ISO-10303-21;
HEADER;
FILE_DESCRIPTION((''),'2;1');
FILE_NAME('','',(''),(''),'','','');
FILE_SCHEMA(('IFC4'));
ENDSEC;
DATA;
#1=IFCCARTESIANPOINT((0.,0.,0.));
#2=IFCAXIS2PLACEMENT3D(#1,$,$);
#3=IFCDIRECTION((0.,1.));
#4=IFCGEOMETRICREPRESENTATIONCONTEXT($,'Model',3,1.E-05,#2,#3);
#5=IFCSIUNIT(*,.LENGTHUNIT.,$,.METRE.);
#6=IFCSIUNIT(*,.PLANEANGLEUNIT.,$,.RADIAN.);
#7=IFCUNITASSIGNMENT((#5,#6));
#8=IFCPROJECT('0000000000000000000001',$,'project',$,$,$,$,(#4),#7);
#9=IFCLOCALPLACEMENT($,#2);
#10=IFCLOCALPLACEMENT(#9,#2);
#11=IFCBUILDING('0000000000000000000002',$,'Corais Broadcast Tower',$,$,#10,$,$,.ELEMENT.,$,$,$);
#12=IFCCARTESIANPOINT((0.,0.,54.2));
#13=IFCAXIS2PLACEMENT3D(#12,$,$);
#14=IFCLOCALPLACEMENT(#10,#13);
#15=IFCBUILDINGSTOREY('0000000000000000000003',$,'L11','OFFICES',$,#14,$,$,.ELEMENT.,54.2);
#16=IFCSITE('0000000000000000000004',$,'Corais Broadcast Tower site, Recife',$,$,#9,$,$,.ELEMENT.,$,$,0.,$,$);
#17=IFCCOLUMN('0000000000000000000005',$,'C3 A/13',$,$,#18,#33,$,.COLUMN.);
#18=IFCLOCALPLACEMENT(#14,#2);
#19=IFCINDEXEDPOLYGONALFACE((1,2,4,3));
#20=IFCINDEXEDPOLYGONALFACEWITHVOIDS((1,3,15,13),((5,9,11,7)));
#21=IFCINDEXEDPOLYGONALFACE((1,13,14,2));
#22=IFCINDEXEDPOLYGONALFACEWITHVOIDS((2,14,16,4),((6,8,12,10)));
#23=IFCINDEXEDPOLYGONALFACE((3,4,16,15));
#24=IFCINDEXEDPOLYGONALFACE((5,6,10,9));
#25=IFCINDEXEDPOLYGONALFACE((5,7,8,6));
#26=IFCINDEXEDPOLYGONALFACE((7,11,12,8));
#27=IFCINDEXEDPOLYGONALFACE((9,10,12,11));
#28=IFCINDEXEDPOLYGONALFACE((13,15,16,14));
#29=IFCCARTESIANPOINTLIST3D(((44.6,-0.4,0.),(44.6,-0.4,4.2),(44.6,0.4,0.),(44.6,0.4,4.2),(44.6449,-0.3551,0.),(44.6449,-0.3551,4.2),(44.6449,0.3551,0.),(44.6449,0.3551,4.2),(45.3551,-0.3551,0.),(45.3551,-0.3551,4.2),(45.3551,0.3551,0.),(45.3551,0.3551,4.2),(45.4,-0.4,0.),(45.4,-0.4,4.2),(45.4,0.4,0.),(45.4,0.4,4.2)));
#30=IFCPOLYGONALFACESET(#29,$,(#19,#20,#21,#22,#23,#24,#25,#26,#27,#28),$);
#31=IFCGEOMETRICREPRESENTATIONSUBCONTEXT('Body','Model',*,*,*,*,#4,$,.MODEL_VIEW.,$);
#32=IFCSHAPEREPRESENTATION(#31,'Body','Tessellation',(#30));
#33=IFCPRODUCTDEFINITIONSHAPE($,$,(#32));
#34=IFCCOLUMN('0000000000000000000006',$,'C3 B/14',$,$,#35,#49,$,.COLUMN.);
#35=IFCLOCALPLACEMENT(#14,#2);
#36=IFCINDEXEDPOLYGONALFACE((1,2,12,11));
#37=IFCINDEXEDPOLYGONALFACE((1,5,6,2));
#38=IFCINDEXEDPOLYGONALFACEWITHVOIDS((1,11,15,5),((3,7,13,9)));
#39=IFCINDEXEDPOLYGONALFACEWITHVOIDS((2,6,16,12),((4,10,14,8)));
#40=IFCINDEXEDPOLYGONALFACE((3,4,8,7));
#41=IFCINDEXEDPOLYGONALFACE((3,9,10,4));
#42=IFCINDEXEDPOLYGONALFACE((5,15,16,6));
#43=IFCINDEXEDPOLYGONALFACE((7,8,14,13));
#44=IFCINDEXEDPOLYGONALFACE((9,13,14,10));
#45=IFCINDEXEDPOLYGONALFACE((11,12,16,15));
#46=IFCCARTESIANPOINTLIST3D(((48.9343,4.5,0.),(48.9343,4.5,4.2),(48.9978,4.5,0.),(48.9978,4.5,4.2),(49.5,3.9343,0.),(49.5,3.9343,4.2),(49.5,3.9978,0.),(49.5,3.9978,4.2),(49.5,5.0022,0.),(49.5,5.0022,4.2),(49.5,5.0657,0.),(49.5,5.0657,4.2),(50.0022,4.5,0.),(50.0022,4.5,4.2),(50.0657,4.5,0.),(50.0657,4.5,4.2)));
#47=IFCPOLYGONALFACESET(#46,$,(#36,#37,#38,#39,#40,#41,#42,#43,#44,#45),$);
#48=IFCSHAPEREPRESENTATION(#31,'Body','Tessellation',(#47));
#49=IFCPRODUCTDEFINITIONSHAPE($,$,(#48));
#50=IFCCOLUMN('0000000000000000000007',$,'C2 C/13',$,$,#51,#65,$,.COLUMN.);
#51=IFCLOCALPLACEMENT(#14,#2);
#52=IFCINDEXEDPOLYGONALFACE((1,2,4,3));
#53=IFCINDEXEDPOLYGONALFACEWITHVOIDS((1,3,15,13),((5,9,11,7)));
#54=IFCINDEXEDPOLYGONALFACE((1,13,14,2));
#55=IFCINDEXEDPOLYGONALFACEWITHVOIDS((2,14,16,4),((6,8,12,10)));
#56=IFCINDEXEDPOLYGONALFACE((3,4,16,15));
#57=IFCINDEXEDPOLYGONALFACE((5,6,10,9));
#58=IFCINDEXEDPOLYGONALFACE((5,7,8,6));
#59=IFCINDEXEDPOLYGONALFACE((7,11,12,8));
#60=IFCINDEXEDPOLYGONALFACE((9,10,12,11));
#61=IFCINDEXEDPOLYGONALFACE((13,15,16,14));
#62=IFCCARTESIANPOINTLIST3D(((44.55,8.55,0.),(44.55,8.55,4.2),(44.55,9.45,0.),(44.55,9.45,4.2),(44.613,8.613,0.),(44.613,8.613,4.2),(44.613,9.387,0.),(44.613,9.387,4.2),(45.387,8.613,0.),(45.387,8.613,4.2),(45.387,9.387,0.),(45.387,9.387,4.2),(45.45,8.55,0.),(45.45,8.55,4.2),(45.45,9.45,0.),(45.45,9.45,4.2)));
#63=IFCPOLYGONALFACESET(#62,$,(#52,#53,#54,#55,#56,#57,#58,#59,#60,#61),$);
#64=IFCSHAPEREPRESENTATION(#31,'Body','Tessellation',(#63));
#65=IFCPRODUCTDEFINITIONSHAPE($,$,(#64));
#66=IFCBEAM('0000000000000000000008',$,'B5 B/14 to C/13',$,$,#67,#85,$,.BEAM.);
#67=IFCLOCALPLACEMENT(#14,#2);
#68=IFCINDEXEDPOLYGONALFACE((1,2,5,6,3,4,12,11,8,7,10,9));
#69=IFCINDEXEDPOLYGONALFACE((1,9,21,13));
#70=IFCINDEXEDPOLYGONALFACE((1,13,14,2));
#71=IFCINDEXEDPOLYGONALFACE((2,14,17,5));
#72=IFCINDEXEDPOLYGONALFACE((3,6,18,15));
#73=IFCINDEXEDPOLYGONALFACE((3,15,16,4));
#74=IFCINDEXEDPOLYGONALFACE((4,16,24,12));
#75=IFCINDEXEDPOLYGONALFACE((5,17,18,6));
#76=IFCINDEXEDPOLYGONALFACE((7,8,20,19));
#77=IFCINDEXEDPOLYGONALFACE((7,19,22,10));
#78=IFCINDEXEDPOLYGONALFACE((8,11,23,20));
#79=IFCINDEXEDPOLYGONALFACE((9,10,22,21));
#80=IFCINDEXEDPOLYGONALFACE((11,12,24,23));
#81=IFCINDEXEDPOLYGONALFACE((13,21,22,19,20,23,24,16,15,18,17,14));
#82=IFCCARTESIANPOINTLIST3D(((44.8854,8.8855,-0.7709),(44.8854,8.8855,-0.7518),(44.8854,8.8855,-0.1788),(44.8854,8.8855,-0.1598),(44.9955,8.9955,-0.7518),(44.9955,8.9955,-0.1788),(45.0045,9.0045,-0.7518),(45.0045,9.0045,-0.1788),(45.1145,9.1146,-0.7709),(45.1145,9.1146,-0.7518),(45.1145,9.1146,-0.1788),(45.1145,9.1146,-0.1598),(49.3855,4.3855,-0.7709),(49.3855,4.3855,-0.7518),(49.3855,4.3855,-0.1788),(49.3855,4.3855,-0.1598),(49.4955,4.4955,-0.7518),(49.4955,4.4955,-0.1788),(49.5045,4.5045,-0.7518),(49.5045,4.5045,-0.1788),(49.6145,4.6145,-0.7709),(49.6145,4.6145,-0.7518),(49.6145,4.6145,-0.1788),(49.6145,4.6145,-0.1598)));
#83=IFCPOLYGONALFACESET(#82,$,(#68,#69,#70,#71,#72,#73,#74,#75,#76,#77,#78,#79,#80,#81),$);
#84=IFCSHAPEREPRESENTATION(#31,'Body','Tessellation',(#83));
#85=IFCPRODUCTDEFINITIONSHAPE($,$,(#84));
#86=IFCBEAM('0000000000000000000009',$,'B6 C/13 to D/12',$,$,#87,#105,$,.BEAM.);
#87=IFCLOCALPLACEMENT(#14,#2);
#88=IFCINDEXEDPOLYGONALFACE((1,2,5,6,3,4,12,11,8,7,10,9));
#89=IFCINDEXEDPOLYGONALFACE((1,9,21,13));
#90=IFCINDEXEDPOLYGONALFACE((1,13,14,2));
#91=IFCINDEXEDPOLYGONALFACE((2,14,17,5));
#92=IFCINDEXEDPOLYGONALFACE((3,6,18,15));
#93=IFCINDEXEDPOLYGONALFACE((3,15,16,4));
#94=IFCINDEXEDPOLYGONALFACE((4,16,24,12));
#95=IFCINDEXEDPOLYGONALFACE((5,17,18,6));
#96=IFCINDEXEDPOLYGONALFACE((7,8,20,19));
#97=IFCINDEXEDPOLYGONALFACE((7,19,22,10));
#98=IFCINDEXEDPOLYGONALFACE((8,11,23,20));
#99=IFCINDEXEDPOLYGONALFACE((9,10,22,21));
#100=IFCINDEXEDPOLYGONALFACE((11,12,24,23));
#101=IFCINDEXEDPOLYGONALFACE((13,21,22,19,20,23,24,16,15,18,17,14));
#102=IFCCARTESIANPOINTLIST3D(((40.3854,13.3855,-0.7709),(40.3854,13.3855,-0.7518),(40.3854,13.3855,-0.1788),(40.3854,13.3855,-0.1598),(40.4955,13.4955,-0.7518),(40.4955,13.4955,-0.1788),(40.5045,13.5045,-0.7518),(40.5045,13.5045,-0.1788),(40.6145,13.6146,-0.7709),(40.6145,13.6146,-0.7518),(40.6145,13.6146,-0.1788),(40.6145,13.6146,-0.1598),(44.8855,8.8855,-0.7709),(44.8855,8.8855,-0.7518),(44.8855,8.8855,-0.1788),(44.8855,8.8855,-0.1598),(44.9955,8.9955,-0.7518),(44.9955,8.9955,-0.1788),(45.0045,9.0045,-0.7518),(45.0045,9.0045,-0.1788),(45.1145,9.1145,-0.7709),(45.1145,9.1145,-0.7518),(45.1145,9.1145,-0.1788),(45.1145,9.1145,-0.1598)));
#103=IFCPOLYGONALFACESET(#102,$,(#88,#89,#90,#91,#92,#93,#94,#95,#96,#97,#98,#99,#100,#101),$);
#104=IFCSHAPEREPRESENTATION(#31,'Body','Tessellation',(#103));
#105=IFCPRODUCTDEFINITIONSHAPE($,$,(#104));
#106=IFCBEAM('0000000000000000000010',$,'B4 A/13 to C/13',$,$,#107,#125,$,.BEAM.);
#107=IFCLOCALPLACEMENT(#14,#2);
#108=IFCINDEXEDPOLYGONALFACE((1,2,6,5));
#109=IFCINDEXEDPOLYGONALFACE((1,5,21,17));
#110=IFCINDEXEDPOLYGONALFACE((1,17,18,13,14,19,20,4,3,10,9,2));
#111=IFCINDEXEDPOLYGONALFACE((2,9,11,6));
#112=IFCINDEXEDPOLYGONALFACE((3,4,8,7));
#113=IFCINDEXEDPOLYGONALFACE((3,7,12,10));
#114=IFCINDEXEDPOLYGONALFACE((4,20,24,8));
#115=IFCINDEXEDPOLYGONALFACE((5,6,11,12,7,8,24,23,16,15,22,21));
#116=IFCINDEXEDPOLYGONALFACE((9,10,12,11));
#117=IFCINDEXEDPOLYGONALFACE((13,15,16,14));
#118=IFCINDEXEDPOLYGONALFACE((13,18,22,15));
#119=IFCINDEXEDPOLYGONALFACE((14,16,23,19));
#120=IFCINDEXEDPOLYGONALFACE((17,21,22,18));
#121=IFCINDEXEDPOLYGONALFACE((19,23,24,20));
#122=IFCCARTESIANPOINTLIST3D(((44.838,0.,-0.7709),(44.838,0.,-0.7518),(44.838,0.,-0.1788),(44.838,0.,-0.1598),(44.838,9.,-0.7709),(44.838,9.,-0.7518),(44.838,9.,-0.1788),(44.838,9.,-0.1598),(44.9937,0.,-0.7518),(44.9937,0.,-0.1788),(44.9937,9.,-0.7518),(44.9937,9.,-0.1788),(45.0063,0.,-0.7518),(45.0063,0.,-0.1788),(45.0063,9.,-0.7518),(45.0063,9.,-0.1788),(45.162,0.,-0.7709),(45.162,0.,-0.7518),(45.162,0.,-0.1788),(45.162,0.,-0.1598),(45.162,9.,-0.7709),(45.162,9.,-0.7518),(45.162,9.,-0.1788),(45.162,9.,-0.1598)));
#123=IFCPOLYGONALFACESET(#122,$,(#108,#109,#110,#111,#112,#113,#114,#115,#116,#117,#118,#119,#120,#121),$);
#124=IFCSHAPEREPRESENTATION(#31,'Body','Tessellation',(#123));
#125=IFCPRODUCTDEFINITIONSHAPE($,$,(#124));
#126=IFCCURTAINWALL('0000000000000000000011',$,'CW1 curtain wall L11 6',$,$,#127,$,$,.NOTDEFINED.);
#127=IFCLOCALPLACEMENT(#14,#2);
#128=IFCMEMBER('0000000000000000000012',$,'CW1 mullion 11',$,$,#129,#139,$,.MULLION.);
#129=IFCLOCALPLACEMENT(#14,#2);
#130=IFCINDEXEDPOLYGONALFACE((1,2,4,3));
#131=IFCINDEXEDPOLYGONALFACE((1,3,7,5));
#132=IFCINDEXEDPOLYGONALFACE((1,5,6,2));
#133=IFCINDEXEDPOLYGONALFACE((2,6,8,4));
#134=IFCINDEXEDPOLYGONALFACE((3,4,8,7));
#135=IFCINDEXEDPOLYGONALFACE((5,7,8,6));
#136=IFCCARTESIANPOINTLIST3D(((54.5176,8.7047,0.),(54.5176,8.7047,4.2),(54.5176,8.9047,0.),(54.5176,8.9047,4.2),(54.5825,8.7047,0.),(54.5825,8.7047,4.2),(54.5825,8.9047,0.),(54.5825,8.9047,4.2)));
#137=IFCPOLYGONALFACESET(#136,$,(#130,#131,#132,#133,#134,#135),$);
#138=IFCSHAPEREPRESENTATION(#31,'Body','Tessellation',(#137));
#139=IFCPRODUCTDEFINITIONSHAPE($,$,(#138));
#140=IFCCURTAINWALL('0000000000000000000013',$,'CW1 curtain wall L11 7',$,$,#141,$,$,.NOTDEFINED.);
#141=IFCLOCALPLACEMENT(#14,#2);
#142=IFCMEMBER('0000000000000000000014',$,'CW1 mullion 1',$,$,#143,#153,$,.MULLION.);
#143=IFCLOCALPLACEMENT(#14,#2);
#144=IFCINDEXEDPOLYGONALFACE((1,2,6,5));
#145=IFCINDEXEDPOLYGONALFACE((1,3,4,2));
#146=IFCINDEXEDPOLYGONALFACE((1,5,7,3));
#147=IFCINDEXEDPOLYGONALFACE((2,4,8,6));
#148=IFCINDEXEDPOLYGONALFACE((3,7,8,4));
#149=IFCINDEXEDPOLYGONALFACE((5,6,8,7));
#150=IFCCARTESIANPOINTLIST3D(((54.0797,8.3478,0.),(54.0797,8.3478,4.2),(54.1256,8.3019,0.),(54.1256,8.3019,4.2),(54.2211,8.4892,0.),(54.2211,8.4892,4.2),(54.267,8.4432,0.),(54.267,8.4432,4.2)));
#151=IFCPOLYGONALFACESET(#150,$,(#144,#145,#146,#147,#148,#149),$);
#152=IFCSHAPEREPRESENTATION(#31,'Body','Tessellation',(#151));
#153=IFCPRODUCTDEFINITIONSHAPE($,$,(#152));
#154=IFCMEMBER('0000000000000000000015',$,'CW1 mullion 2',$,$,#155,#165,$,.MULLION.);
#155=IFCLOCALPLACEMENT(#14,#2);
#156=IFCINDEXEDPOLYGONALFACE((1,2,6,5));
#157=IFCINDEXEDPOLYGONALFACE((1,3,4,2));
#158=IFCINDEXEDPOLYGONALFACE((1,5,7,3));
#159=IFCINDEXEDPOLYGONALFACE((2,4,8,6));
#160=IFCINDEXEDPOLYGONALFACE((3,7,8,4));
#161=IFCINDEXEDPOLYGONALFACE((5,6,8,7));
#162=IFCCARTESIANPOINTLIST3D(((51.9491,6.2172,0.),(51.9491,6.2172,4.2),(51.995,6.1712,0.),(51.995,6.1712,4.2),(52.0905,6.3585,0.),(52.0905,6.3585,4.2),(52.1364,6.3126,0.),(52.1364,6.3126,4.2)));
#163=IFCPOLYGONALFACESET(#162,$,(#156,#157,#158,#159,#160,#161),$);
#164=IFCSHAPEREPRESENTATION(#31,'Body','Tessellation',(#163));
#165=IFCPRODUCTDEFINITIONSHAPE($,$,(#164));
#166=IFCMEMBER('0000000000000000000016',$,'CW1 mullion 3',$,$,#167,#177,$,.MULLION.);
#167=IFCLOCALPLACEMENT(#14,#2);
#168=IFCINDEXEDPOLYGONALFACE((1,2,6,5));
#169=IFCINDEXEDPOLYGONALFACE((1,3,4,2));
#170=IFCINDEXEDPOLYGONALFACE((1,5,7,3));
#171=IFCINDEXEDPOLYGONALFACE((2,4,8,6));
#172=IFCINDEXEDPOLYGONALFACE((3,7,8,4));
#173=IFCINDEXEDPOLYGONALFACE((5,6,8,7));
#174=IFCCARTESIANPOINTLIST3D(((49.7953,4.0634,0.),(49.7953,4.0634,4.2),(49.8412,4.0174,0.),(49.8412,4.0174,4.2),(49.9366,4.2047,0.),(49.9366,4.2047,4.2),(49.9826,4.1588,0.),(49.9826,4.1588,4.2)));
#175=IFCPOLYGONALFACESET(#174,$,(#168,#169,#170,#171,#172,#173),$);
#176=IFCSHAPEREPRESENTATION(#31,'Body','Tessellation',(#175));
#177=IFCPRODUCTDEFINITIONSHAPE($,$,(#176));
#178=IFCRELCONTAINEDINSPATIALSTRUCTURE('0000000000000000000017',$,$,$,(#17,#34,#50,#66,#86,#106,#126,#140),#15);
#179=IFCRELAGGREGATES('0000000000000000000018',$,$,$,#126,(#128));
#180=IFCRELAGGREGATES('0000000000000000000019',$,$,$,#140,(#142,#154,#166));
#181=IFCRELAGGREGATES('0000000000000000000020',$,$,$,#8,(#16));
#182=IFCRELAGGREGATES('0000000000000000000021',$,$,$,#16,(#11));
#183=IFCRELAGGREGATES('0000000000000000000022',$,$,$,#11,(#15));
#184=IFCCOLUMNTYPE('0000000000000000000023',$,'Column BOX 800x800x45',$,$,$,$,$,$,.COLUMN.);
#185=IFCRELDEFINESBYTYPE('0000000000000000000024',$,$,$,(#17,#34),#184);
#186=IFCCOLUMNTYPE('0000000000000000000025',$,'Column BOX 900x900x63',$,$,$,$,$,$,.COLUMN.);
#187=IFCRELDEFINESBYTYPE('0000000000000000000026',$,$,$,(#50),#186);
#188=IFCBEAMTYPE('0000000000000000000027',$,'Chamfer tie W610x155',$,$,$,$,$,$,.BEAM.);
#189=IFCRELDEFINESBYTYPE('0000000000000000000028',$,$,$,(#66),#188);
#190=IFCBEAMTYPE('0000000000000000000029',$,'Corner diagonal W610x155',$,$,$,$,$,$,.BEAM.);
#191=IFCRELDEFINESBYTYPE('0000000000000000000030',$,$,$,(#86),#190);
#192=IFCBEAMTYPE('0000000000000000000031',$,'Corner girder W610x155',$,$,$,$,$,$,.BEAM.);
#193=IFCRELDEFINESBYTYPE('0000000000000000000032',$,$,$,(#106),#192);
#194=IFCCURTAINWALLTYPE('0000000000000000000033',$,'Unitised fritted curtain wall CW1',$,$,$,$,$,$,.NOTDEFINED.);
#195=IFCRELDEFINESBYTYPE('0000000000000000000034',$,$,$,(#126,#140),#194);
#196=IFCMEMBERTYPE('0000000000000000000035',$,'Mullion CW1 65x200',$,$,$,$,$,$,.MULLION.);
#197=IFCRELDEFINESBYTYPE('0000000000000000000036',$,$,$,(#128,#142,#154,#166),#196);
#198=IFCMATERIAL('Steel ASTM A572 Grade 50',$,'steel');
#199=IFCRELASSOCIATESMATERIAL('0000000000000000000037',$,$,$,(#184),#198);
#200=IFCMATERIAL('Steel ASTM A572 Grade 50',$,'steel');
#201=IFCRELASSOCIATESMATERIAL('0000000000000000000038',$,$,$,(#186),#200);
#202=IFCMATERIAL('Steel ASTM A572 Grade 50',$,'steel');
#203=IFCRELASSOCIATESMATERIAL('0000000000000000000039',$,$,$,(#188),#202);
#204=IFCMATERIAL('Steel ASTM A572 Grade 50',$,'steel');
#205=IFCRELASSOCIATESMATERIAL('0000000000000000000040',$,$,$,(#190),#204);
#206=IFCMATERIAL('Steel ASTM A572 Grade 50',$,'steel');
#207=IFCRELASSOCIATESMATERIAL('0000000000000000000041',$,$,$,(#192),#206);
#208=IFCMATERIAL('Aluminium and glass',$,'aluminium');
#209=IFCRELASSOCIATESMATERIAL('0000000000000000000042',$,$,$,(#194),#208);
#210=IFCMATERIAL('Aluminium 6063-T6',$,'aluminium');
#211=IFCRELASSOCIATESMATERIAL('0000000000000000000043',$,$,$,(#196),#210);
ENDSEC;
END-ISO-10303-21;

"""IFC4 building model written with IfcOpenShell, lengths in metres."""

from ifc_helpers import new_model, si_unit, direction, frame, origin, origin_2d, place, context, subcontext, project, spatial, rectangle, hollow_rectangle, i_section, extrude, material, material_profile, profile_set, type_object, element, aggregate, save


model = new_model("IFC4")

# Units and contexts
model_context = context("Model", 3, precision=1e-05, world=origin(), true_north=direction((0.0, 1.0)))
body_context = subcontext(model_context, "Body", "Model", "MODEL_VIEW")
ifc_project = project(units=[si_unit("LENGTHUNIT", "METRE"), si_unit("PLANEANGLEUNIT", "RADIAN")], contexts=[model_context])

# Site, building, storey
site_placement = place(None, origin())
site = spatial("IfcSite", under=ifc_project, at=site_placement, Name="Corais Broadcast Tower site, Recife", CompositionType="ELEMENT", RefElevation=0.0)
building_placement = place(site_placement, origin())
building = spatial("IfcBuilding", under=site, at=building_placement, Name="Corais Broadcast Tower", CompositionType="ELEMENT")
storey_placement = place(building_placement, frame((0.0, 0.0, 54.2)))
storey = spatial("IfcBuildingStorey", under=building, at=storey_placement, Name="L11", Description="OFFICES", CompositionType="ELEMENT", Elevation=54.2)

# Columns
ifc_material_1 = material(Name="Steel ASTM A572 Grade 50", Category="steel")
ifc_material_profile_1 = material_profile(ifc_material_1, hollow_rectangle(XDim=0.8, YDim=0.8, WallThickness=0.0449, at=origin_2d()), Name="BOX 800x800x45")
ifc_profile_set_1 = profile_set([ifc_material_profile_1], Name="Steel ASTM A572 Grade 50")
column_type_1 = type_object("IfcColumnType", Name="Column BOX 800x800x45", PredefinedType="COLUMN", material=ifc_profile_set_1)
for number, where, z_axis, x_axis, name in (
    (1, (45.0, 0.0, 0.0), (0.0, 0.0, 1.0), (1.0, 0.0, 0.0), "C3 A/13"),
    (2, (49.5, 4.5, 0.0), (0.0, 0.0, 1.0), (0.707107, 0.707107, 0.0), "C3 B/14"),
):
    element("IfcColumn", number, at=place(storey_placement, frame(where, z_axis=z_axis, x_axis=x_axis)), inside=storey, type_object=column_type_1, Name=name, PredefinedType="COLUMN", context=body_context, shape_type="SweptSolid", body=[
        extrude(hollow_rectangle(XDim=0.8, YDim=0.8, WallThickness=0.0449, at=origin_2d()), origin(), (0.0, 0.0, 1.0), 4.2),
    ])
ifc_material_2 = material(Name="Steel ASTM A572 Grade 50", Category="steel")
ifc_material_profile_2 = material_profile(ifc_material_2, hollow_rectangle(XDim=0.8999, YDim=0.8999, WallThickness=0.063, at=origin_2d()), Name="BOX 900x900x63")
ifc_profile_set_2 = profile_set([ifc_material_profile_2], Name="Steel ASTM A572 Grade 50")
column_type_2 = type_object("IfcColumnType", Name="Column BOX 900x900x63", PredefinedType="COLUMN", material=ifc_profile_set_2)
column_placement = place(storey_placement, frame((45.0, 9.0, 0.0), z_axis=(0.0, 0.0, 1.0), x_axis=(1.0, 0.0, 0.0)))
element("IfcColumn", 3, at=column_placement, inside=storey, type_object=column_type_2, Name="C2 C/13", PredefinedType="COLUMN", context=body_context, shape_type="SweptSolid", body=[
    extrude(hollow_rectangle(XDim=0.8999, YDim=0.8999, WallThickness=0.063, at=origin_2d()), origin(), (0.0, 0.0, 1.0), 4.2),
])

# Beams
ifc_material_3 = material(Name="Steel ASTM A572 Grade 50", Category="steel")
ifc_material_profile_3 = material_profile(ifc_material_3, i_section(OverallWidth=0.324, OverallDepth=0.6111, WebThickness=0.0127, FlangeThickness=0.019, at=origin_2d()), Name="W610x155")
ifc_profile_set_3 = profile_set([ifc_material_profile_3], Name="Steel ASTM A572 Grade 50")
beam_type_1 = type_object("IfcBeamType", Name="Chamfer tie W610x155", PredefinedType="BEAM", material=ifc_profile_set_3)
beam_1_placement = place(storey_placement, frame((49.5, 4.5, -0.4653), z_axis=(-0.707107, 0.707107, 0.0), x_axis=(-0.707107, -0.707107, 0.0)))
element("IfcBeam", 4, at=beam_1_placement, inside=storey, type_object=beam_type_1, Name="B5 B/14 to C/13", PredefinedType="BEAM", context=body_context, shape_type="SweptSolid", body=[
    extrude(i_section(OverallWidth=0.324, OverallDepth=0.6111, WebThickness=0.0127, FlangeThickness=0.019, at=origin_2d()), origin(), (0.0, 0.0, 1.0), 6.364),
])
ifc_material_4 = material(Name="Steel ASTM A572 Grade 50", Category="steel")
ifc_material_profile_4 = material_profile(ifc_material_4, i_section(OverallWidth=0.324, OverallDepth=0.6111, WebThickness=0.0127, FlangeThickness=0.019, at=origin_2d()), Name="W610x155")
ifc_profile_set_4 = profile_set([ifc_material_profile_4], Name="Steel ASTM A572 Grade 50")
beam_type_2 = type_object("IfcBeamType", Name="Corner diagonal W610x155", PredefinedType="BEAM", material=ifc_profile_set_4)
beam_2_placement = place(storey_placement, frame((45.0, 9.0, -0.4653), z_axis=(-0.707107, 0.707107, 0.0), x_axis=(-0.707107, -0.707107, 0.0)))
element("IfcBeam", 5, at=beam_2_placement, inside=storey, type_object=beam_type_2, Name="B6 C/13 to D/12", PredefinedType="BEAM", context=body_context, shape_type="SweptSolid", body=[
    extrude(i_section(OverallWidth=0.324, OverallDepth=0.6111, WebThickness=0.0127, FlangeThickness=0.019, at=origin_2d()), origin(), (0.0, 0.0, 1.0), 6.364),
])
ifc_material_5 = material(Name="Steel ASTM A572 Grade 50", Category="steel")
ifc_material_profile_5 = material_profile(ifc_material_5, i_section(OverallWidth=0.324, OverallDepth=0.6111, WebThickness=0.0127, FlangeThickness=0.019, at=origin_2d()), Name="W610x155")
ifc_profile_set_5 = profile_set([ifc_material_profile_5], Name="Steel ASTM A572 Grade 50")
beam_type_3 = type_object("IfcBeamType", Name="Corner girder W610x155", PredefinedType="BEAM", material=ifc_profile_set_5)
beam_3_placement = place(storey_placement, frame((45.0, 0.0, -0.4653), z_axis=(0.0, 1.0, 0.0), x_axis=(-1.0, 0.0, 0.0)))
element("IfcBeam", 6, at=beam_3_placement, inside=storey, type_object=beam_type_3, Name="B4 A/13 to C/13", PredefinedType="BEAM", context=body_context, shape_type="SweptSolid", body=[
    extrude(i_section(OverallWidth=0.324, OverallDepth=0.6111, WebThickness=0.0127, FlangeThickness=0.019, at=origin_2d()), origin(), (0.0, 0.0, 1.0), 9.0),
])

# Curtain wall, member
ifc_material_6 = material(Name="Aluminium and glass", Category="aluminium")
curtain_wall_type = type_object("IfcCurtainWallType", Name="Unitised fritted curtain wall CW1", PredefinedType="NOTDEFINED", material=ifc_material_6)
curtain_wall_1_placement = place(storey_placement, origin())
curtain_wall_1 = element("IfcCurtainWall", 7, at=curtain_wall_1_placement, inside=storey, type_object=curtain_wall_type, Name="CW1 curtain wall L11 6", PredefinedType="NOTDEFINED")
ifc_material_7 = material(Name="Aluminium 6063-T6", Category="aluminium")
ifc_material_profile_6 = material_profile(ifc_material_7, rectangle(XDim=0.0649, YDim=0.2, at=origin_2d()), Name="Mullion CW1 65x200")
ifc_profile_set_6 = profile_set([ifc_material_profile_6], Name="Aluminium 6063-T6")
member_type_1 = type_object("IfcMemberType", Name="Mullion CW1 65x200", PredefinedType="MULLION", material=ifc_profile_set_6)
member_1_placement = place(storey_placement, frame((54.55, 8.8047, 0.0), z_axis=(0.0, 0.0, 1.0), x_axis=(1.0, 0.0, 0.0)))
member_1 = element("IfcMember", 8, at=member_1_placement, type_object=member_type_1, Name="CW1 mullion 11", PredefinedType="MULLION", context=body_context, shape_type="SweptSolid", body=[
    extrude(rectangle(XDim=0.0649, YDim=0.2, at=origin_2d()), origin(), (0.0, 0.0, 1.0), 4.2),
])
aggregate(curtain_wall_1, [member_1])

# Curtain wall, members
curtain_wall_2_placement = place(storey_placement, origin())
curtain_wall_2 = element("IfcCurtainWall", 9, at=curtain_wall_2_placement, inside=storey, type_object=curtain_wall_type, Name="CW1 curtain wall L11 7", PredefinedType="NOTDEFINED")
member_2_placement = place(storey_placement, frame((54.1733, 8.3955, 0.0), z_axis=(0.0, 0.0, 1.0), x_axis=(0.707107, -0.707107, 0.0)))
member_2 = element("IfcMember", 10, at=member_2_placement, type_object=member_type_1, Name="CW1 mullion 1", PredefinedType="MULLION", context=body_context, shape_type="SweptSolid", body=[
    extrude(rectangle(XDim=0.0649, YDim=0.2, at=origin_2d()), origin(), (0.0, 0.0, 1.0), 4.2),
])
member_3_placement = place(storey_placement, frame((52.0427, 6.2649, 0.0), z_axis=(0.0, 0.0, 1.0), x_axis=(0.707107, -0.707107, 0.0)))
member_3 = element("IfcMember", 11, at=member_3_placement, type_object=member_type_1, Name="CW1 mullion 2", PredefinedType="MULLION", context=body_context, shape_type="SweptSolid", body=[
    extrude(rectangle(XDim=0.0649, YDim=0.2, at=origin_2d()), origin(), (0.0, 0.0, 1.0), 4.2),
])
member_4_placement = place(storey_placement, frame((49.8889, 4.1111, 0.0), z_axis=(0.0, 0.0, 1.0), x_axis=(0.707107, -0.707107, 0.0)))
member_4 = element("IfcMember", 12, at=member_4_placement, type_object=member_type_1, Name="CW1 mullion 3", PredefinedType="MULLION", context=body_context, shape_type="SweptSolid", body=[
    extrude(rectangle(XDim=0.0649, YDim=0.2, at=origin_2d()), origin(), (0.0, 0.0, 1.0), 4.2),
])

aggregate(curtain_wall_2, [member_2, member_3, member_4])

save(model, "model.ifc")
